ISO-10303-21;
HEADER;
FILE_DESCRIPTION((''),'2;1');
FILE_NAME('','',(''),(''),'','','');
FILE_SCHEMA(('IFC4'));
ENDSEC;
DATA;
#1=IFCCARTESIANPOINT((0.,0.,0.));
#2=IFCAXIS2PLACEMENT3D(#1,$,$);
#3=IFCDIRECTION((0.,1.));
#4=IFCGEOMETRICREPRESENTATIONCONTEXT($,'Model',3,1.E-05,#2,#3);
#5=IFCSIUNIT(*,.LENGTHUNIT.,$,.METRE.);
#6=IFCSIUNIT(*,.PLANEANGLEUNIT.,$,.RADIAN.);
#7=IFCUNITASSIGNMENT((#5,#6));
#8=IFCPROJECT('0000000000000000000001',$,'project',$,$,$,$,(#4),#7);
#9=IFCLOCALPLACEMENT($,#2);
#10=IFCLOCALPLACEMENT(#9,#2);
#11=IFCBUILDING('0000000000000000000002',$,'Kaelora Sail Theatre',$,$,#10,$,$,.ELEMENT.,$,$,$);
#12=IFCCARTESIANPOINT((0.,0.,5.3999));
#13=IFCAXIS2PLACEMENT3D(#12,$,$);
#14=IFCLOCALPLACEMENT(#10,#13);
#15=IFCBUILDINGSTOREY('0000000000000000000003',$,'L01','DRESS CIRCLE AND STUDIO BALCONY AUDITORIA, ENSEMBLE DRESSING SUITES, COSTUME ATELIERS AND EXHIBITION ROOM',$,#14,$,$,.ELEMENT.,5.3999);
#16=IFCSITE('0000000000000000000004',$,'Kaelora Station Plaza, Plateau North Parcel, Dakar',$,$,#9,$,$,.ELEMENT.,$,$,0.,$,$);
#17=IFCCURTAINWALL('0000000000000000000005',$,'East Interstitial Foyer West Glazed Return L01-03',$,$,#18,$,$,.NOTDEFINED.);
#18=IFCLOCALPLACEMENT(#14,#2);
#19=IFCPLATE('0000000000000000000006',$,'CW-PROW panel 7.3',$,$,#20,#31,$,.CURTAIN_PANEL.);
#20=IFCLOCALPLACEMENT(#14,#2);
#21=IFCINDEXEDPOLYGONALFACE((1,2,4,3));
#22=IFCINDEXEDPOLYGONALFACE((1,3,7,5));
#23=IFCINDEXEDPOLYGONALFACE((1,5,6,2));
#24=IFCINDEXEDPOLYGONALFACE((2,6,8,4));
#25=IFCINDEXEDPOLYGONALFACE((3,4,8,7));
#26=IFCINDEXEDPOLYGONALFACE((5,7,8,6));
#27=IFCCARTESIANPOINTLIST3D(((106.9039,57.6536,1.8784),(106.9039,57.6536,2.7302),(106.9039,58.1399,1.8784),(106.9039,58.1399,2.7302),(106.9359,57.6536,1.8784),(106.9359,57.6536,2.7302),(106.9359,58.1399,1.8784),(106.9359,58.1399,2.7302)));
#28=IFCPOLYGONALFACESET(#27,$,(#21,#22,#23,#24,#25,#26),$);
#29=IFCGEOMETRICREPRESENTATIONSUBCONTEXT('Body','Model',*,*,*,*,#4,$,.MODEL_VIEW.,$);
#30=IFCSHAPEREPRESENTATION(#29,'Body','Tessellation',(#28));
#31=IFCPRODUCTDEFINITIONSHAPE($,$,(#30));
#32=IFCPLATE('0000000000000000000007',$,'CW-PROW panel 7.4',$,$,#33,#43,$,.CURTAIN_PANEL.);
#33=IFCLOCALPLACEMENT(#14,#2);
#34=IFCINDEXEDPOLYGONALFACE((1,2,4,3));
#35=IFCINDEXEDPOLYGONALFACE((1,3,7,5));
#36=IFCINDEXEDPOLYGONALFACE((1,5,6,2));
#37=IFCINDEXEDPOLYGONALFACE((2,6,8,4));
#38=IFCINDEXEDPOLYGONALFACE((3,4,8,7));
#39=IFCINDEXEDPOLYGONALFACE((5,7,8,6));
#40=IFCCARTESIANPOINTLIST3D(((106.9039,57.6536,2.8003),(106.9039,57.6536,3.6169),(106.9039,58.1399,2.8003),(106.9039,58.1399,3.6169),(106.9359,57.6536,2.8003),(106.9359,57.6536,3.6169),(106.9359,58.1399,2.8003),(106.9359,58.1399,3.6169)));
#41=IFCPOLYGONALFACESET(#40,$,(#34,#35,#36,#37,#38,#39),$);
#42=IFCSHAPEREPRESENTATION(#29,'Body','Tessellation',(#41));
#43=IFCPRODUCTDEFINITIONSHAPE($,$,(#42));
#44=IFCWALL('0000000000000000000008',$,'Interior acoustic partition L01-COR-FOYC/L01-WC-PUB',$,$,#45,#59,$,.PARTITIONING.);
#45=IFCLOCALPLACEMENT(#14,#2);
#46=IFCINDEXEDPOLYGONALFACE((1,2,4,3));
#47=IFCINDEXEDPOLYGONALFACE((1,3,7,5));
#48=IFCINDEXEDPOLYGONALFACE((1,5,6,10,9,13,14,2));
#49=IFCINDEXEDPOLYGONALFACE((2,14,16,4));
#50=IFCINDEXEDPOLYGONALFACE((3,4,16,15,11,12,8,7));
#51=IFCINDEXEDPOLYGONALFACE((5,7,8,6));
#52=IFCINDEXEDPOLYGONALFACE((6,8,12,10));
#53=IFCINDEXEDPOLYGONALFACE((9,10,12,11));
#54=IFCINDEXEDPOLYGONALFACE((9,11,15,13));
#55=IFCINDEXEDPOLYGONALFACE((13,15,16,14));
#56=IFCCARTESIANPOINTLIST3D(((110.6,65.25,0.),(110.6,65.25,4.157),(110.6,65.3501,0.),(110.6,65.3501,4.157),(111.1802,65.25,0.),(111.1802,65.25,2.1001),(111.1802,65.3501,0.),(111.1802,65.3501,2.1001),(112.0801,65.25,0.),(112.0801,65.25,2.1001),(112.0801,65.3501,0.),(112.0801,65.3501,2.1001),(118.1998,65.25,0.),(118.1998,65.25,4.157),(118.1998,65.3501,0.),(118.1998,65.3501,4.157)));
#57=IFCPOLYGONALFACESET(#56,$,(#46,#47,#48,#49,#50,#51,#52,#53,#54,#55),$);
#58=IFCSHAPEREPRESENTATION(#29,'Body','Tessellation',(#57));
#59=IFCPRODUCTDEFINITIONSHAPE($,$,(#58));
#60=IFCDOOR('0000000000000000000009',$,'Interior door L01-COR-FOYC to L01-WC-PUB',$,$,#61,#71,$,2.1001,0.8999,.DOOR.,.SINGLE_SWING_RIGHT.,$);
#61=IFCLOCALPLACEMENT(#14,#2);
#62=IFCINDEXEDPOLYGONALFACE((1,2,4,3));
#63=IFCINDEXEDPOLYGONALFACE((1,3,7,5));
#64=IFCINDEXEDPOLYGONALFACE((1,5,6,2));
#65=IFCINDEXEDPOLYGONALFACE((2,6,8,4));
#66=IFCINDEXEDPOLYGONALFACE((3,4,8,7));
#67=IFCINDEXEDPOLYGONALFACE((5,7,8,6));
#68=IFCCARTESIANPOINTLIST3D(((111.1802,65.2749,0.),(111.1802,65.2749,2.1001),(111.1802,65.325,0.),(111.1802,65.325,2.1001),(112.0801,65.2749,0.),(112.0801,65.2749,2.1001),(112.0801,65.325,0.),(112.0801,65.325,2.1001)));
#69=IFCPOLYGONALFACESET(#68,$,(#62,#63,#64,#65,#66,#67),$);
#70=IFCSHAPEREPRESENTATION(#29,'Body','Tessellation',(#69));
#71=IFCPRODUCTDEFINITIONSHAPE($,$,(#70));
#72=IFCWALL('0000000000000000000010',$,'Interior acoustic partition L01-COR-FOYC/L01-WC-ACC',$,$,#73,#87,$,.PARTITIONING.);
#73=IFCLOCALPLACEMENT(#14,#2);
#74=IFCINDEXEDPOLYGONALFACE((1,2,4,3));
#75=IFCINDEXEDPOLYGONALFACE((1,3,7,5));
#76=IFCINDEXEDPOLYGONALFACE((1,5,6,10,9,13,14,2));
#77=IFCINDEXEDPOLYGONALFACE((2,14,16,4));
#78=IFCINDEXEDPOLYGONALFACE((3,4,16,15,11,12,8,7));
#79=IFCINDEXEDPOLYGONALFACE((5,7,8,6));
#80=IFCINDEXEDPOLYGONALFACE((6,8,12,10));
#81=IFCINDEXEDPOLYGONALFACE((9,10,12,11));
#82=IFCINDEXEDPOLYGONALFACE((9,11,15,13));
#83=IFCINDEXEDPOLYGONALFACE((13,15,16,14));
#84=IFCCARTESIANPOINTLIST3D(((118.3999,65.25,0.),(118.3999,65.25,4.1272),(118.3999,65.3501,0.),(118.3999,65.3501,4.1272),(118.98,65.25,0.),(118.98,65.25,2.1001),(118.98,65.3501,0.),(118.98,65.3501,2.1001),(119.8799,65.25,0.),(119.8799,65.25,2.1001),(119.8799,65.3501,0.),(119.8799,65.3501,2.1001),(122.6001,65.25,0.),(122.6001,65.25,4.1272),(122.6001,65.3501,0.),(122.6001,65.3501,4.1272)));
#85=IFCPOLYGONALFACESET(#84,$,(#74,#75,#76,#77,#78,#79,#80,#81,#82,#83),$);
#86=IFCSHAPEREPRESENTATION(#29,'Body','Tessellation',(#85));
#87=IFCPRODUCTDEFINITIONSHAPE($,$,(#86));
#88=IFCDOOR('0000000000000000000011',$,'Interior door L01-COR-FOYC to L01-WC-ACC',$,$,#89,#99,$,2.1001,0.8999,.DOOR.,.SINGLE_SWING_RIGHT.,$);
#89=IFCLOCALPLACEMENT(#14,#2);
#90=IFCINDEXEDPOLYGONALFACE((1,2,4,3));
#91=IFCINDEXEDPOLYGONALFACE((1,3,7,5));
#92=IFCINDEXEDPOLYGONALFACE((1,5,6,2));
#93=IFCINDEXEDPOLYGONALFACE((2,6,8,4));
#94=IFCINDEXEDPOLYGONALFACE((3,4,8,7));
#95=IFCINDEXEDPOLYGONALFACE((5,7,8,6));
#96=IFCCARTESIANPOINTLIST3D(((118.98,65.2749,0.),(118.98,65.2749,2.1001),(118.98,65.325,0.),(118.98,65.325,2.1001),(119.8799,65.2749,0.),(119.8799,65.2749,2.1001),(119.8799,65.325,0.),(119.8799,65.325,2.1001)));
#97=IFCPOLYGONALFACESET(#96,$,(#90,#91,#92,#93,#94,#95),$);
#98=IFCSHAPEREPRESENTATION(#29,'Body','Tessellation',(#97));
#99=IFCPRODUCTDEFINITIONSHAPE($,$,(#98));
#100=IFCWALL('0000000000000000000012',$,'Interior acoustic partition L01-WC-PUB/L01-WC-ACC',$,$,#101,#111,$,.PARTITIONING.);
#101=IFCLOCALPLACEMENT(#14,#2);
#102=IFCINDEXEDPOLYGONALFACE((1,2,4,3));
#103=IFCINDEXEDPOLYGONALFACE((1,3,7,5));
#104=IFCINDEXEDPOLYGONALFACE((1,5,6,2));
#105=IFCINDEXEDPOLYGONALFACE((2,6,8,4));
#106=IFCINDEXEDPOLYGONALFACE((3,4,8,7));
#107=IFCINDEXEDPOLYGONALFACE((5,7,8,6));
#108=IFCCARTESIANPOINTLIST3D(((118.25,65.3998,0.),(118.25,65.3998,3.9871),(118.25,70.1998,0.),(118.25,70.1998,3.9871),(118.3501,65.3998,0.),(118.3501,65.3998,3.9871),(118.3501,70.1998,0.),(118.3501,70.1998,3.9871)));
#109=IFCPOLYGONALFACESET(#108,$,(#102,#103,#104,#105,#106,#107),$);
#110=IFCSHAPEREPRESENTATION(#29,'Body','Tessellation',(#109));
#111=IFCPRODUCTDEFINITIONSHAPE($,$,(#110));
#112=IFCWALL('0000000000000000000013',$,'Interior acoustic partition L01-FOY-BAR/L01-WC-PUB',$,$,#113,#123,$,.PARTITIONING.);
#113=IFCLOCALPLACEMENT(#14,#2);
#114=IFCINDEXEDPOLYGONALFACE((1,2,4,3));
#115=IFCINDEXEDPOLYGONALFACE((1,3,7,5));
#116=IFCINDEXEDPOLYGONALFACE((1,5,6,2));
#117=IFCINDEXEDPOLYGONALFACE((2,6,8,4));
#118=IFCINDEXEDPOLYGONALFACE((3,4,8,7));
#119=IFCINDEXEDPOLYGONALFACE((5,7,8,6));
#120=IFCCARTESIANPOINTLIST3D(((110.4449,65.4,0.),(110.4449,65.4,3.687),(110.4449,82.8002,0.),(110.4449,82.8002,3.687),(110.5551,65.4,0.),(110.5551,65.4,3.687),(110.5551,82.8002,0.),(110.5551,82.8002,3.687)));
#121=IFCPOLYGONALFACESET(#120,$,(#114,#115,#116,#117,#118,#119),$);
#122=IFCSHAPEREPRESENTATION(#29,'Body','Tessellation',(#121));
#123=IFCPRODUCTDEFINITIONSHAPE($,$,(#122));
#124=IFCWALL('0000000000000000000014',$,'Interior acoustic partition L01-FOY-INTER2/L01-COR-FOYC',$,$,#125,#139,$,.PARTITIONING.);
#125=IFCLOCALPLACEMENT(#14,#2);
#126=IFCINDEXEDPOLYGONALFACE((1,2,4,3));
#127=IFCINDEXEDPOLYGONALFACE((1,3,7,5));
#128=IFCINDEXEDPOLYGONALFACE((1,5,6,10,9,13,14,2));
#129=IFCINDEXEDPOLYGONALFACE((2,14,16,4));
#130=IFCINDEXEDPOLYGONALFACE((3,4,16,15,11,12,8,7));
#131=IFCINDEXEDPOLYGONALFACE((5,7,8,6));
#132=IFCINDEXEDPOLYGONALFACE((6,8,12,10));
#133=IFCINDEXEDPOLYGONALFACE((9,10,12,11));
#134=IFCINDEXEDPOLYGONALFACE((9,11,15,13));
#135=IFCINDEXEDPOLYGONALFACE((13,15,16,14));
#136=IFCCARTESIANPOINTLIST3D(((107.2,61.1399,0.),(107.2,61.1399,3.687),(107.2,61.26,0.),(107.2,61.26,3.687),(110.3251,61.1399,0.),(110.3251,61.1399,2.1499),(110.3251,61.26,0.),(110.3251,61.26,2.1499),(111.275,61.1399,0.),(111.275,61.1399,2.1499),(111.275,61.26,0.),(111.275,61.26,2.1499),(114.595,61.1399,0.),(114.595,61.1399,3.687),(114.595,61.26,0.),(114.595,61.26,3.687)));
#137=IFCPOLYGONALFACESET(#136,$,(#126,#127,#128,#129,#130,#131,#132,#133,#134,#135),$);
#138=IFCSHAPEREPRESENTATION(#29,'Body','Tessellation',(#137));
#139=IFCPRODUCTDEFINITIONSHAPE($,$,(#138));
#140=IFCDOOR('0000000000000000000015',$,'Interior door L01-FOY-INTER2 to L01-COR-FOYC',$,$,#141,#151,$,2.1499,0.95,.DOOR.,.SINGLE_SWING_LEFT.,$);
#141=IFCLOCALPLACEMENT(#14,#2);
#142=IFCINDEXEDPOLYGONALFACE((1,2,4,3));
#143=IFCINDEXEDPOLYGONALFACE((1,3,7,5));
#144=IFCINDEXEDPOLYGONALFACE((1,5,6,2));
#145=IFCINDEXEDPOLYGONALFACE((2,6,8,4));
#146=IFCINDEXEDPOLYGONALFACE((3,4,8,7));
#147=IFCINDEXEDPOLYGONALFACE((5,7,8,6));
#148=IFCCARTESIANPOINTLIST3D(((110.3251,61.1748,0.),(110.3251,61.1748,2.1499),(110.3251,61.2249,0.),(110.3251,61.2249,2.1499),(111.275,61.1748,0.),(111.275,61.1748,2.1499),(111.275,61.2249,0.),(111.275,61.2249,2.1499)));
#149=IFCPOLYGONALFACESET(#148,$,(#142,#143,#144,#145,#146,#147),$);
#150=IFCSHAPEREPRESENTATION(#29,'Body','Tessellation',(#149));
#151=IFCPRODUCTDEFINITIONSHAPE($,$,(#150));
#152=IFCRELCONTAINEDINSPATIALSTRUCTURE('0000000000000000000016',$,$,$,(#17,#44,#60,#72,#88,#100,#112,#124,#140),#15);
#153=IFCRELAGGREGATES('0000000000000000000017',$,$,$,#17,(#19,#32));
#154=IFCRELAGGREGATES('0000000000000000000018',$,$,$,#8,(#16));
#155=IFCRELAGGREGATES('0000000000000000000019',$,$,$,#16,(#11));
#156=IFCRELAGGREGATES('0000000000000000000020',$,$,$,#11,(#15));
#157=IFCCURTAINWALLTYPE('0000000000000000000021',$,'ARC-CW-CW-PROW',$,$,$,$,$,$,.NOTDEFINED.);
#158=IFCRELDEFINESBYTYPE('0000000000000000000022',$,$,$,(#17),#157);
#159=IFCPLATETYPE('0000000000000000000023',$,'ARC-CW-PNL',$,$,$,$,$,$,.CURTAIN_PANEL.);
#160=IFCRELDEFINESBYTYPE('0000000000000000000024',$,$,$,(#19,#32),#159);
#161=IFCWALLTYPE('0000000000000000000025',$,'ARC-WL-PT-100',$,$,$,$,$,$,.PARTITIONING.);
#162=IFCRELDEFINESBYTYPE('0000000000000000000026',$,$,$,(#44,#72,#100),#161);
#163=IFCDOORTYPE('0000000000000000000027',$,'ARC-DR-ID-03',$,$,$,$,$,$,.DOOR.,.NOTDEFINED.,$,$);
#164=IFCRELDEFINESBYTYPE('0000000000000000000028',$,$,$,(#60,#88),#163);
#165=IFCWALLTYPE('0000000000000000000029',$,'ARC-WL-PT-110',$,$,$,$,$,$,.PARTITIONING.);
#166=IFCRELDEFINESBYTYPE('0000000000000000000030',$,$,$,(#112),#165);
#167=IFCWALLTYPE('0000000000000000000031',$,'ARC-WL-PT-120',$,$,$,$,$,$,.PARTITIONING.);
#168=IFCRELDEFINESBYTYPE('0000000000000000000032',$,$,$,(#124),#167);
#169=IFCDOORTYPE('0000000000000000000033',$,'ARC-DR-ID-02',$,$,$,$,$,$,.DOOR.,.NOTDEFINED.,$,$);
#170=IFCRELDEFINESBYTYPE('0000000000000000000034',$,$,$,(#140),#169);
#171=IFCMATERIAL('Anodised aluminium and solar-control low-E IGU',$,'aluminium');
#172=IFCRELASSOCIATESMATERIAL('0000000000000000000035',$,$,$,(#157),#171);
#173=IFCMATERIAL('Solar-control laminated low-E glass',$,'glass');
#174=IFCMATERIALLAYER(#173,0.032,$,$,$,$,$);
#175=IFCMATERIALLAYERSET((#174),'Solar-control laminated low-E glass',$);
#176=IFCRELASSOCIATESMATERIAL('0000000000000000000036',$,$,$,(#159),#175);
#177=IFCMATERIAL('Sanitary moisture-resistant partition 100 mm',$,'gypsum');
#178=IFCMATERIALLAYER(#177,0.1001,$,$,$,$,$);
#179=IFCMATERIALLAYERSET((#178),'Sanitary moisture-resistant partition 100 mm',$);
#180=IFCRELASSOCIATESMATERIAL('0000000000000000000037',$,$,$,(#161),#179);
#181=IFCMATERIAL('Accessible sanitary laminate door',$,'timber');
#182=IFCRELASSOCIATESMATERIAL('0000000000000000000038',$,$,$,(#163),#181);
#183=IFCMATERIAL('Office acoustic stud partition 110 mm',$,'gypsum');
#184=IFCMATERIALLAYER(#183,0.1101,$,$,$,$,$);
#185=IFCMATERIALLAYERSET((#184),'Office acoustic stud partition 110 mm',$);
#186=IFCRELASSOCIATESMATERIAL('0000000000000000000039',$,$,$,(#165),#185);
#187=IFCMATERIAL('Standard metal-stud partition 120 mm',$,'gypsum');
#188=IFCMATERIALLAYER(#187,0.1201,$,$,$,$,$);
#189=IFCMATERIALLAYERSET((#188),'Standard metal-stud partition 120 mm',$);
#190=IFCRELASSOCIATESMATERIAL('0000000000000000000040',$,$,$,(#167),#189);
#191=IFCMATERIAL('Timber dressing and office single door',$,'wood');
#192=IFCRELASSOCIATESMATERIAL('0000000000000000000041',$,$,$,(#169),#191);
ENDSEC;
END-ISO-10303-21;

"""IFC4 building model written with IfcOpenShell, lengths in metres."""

from ifc_helpers import new_model, si_unit, direction, frame, frame_2d, origin, origin_2d, place, context, subcontext, project, spatial, rectangle, extrude, material, layer, layer_set, type_object, element, fill, aggregate, save


model = new_model("IFC4")

# Units and contexts
model_context = context("Model", 3, precision=1e-05, world=origin(), true_north=direction((0.0, 1.0)))
body_context = subcontext(model_context, "Body", "Model", "MODEL_VIEW")
ifc_project = project(units=[si_unit("LENGTHUNIT", "METRE"), si_unit("PLANEANGLEUNIT", "RADIAN")], contexts=[model_context])

# Site, building, storey
site_placement = place(None, origin())
site = spatial("IfcSite", under=ifc_project, at=site_placement, Name="Kaelora Station Plaza, Plateau North Parcel, Dakar", CompositionType="ELEMENT", RefElevation=0.0)
building_placement = place(site_placement, origin())
building = spatial("IfcBuilding", under=site, at=building_placement, Name="Kaelora Sail Theatre", CompositionType="ELEMENT")
storey_placement = place(building_placement, frame((0.0, 0.0, 5.3999)))
storey = spatial("IfcBuildingStorey", under=building, at=storey_placement, Name="L01", Description="DRESS CIRCLE AND STUDIO BALCONY AUDITORIA, ENSEMBLE DRESSING SUITES, COSTUME ATELIERS AND EXHIBITION ROOM", CompositionType="ELEMENT", Elevation=5.3999)

# Curtain wall
ifc_material_1 = material(Name="Anodised aluminium and solar-control low-E IGU", Category="aluminium")
curtain_wall_type = type_object("IfcCurtainWallType", Name="ARC-CW-CW-PROW", PredefinedType="NOTDEFINED", material=ifc_material_1)
curtain_wall_placement = place(storey_placement, origin())
curtain_wall = element("IfcCurtainWall", 1, at=curtain_wall_placement, inside=storey, type_object=curtain_wall_type, Name="East Interstitial Foyer West Glazed Return L01-03", PredefinedType="NOTDEFINED")

# Plates
ifc_material_2 = material(Name="Solar-control laminated low-E glass", Category="glass")
ifc_layer_1 = layer(ifc_material_2, 0.032)
ifc_layer_set_1 = layer_set([ifc_layer_1], Name="Solar-control laminated low-E glass")
plate_type = type_object("IfcPlateType", Name="ARC-CW-PNL", PredefinedType="CURTAIN_PANEL", material=ifc_layer_set_1)
plate_1_placement = place(storey_placement, frame((106.9199, 57.8967, 1.8784), z_axis=(0.0, 0.0, 1.0), x_axis=(0.0, 1.0, 0.0)))
plate_1 = element("IfcPlate", 2, at=plate_1_placement, type_object=plate_type, Name="CW-PROW panel 7.3", PredefinedType="CURTAIN_PANEL", context=body_context, shape_type="SweptSolid", body=[
    extrude(rectangle(XDim=0.4863, YDim=0.032, at=origin_2d()), origin(), (0.0, 0.0, 1.0), 0.8518),
])
plate_2_placement = place(storey_placement, frame((106.9199, 57.8967, 2.8003), z_axis=(0.0, 0.0, 1.0), x_axis=(0.0, 1.0, 0.0)))
plate_2 = element("IfcPlate", 3, at=plate_2_placement, type_object=plate_type, Name="CW-PROW panel 7.4", PredefinedType="CURTAIN_PANEL", context=body_context, shape_type="SweptSolid", body=[
    extrude(rectangle(XDim=0.4863, YDim=0.032, at=origin_2d()), origin(), (0.0, 0.0, 1.0), 0.8167),
])
aggregate(curtain_wall, [plate_1, plate_2])

# Walls, openings, doors
ifc_material_3 = material(Name="Sanitary moisture-resistant partition 100 mm", Category="gypsum")
ifc_layer_2 = layer(ifc_material_3, 0.1001)
ifc_layer_set_2 = layer_set([ifc_layer_2], Name="Sanitary moisture-resistant partition 100 mm")
wall_type_1 = type_object("IfcWallType", Name="ARC-WL-PT-100", PredefinedType="PARTITIONING", material=ifc_layer_set_2)
wall_1_placement = place(storey_placement, frame((110.6001, 65.3, 0.0), z_axis=(0.0, 0.0, 1.0), x_axis=(1.0, 0.0, 0.0)))
wall_1 = element("IfcWall", 4, at=wall_1_placement, inside=storey, type_object=wall_type_1, Name="Interior acoustic partition L01-COR-FOYC/L01-WC-PUB", PredefinedType="PARTITIONING", context=body_context, shape_type="SweptSolid", body=[
    extrude(rectangle(XDim=7.5999, YDim=0.1001, at=frame_2d((3.7998, 0.0))), origin(), (0.0, 0.0, 1.0), 4.157),
])
opening_1_placement = place(wall_1_placement, frame((0.5801, 0.0, 0.0)))
opening_1 = element("IfcOpeningElement", 5, at=opening_1_placement, cuts=wall_1, PredefinedType="OPENING", context=body_context, shape_type="SweptSolid", body=[
    extrude(rectangle(XDim=0.8999, YDim=2.1001, at=frame_2d((0.45, 1.05))), frame((0.0, 0.06, 0.0), z_axis=(0.0, -1.0, 0.0), x_axis=(1.0, 0.0, 0.0)), (0.0, 0.0, 1.0), 0.1201),
])
ifc_material_4 = material(Name="Accessible sanitary laminate door", Category="timber")
door_type_1 = type_object("IfcDoorType", Name="ARC-DR-ID-03", OperationType="NOTDEFINED", PredefinedType="DOOR", material=ifc_material_4)
door_1_placement = place(opening_1_placement, origin())
door_1 = element("IfcDoor", 6, at=door_1_placement, inside=storey, type_object=door_type_1, Name="Interior door L01-COR-FOYC to L01-WC-PUB", OperationType="SINGLE_SWING_RIGHT", OverallHeight=2.1001, OverallWidth=0.8999, PredefinedType="DOOR", context=body_context, shape_type="SweptSolid", body=[
    extrude(rectangle(XDim=0.8999, YDim=2.1001, at=frame_2d((0.45, 1.05))), frame((0.0, 0.0249, 0.0), z_axis=(0.0, -1.0, 0.0), x_axis=(1.0, 0.0, 0.0)), (0.0, 0.0, 1.0), 0.05),
])
fill(opening_1, door_1)
wall_2_placement = place(storey_placement, frame((118.3999, 65.3, 0.0), z_axis=(0.0, 0.0, 1.0), x_axis=(1.0, 0.0, 0.0)))
wall_2 = element("IfcWall", 7, at=wall_2_placement, inside=storey, type_object=wall_type_1, Name="Interior acoustic partition L01-COR-FOYC/L01-WC-ACC", PredefinedType="PARTITIONING", context=body_context, shape_type="SweptSolid", body=[
    extrude(rectangle(XDim=4.2002, YDim=0.1001, at=frame_2d((2.1001, 0.0))), origin(), (0.0, 0.0, 1.0), 4.1272),
])
opening_2_placement = place(wall_2_placement, frame((0.5801, 0.0, 0.0)))
opening_2 = element("IfcOpeningElement", 8, at=opening_2_placement, cuts=wall_2, PredefinedType="OPENING", context=body_context, shape_type="SweptSolid", body=[
    extrude(rectangle(XDim=0.8999, YDim=2.1001, at=frame_2d((0.45, 1.05))), frame((0.0, 0.06, 0.0), z_axis=(0.0, -1.0, 0.0), x_axis=(1.0, 0.0, 0.0)), (0.0, 0.0, 1.0), 0.1201),
])
door_2_placement = place(opening_2_placement, origin())
door_2 = element("IfcDoor", 9, at=door_2_placement, inside=storey, type_object=door_type_1, Name="Interior door L01-COR-FOYC to L01-WC-ACC", OperationType="SINGLE_SWING_RIGHT", OverallHeight=2.1001, OverallWidth=0.8999, PredefinedType="DOOR", context=body_context, shape_type="SweptSolid", body=[
    extrude(rectangle(XDim=0.8999, YDim=2.1001, at=frame_2d((0.45, 1.05))), frame((0.0, 0.0249, 0.0), z_axis=(0.0, -1.0, 0.0), x_axis=(1.0, 0.0, 0.0)), (0.0, 0.0, 1.0), 0.05),
])
fill(opening_2, door_2)

# Walls
wall_3_placement = place(storey_placement, frame((118.3, 65.3999, 0.0), z_axis=(0.0, 0.0, 1.0), x_axis=(0.0, 1.0, 0.0)))
element("IfcWall", 10, at=wall_3_placement, inside=storey, type_object=wall_type_1, Name="Interior acoustic partition L01-WC-PUB/L01-WC-ACC", PredefinedType="PARTITIONING", context=body_context, shape_type="SweptSolid", body=[
    extrude(rectangle(XDim=4.8, YDim=0.1001, at=frame_2d((2.3999, 0.0))), origin(), (0.0, 0.0, 1.0), 3.9871),
])
ifc_material_5 = material(Name="Office acoustic stud partition 110 mm", Category="gypsum")
ifc_layer_3 = layer(ifc_material_5, 0.1101)
ifc_layer_set_3 = layer_set([ifc_layer_3], Name="Office acoustic stud partition 110 mm")
wall_type_2 = type_object("IfcWallType", Name="ARC-WL-PT-110", PredefinedType="PARTITIONING", material=ifc_layer_set_3)
wall_4_placement = place(storey_placement, frame((110.5, 65.3999, 0.0), z_axis=(0.0, 0.0, 1.0), x_axis=(0.0, 1.0, 0.0)))
element("IfcWall", 11, at=wall_4_placement, inside=storey, type_object=wall_type_2, Name="Interior acoustic partition L01-FOY-BAR/L01-WC-PUB", PredefinedType="PARTITIONING", context=body_context, shape_type="SweptSolid", body=[
    extrude(rectangle(XDim=17.4001, YDim=0.1101, at=frame_2d((8.7002, 0.0))), origin(), (0.0, 0.0, 1.0), 3.687),
])

# Wall, opening, door
ifc_material_6 = material(Name="Standard metal-stud partition 120 mm", Category="gypsum")
ifc_layer_4 = layer(ifc_material_6, 0.1201)
ifc_layer_set_4 = layer_set([ifc_layer_4], Name="Standard metal-stud partition 120 mm")
wall_type_3 = type_object("IfcWallType", Name="ARC-WL-PT-120", PredefinedType="PARTITIONING", material=ifc_layer_set_4)
wall_5_placement = place(storey_placement, frame((107.2, 61.2, 0.0), z_axis=(0.0, 0.0, 1.0), x_axis=(1.0, 0.0, 0.0)))
wall_5 = element("IfcWall", 12, at=wall_5_placement, inside=storey, type_object=wall_type_3, Name="Interior acoustic partition L01-FOY-INTER2/L01-COR-FOYC", PredefinedType="PARTITIONING", context=body_context, shape_type="SweptSolid", body=[
    extrude(rectangle(XDim=7.395, YDim=0.1201, at=frame_2d((3.6975, 0.0))), origin(), (0.0, 0.0, 1.0), 3.687),
])
opening_3_placement = place(wall_5_placement, frame((3.125, 0.0, 0.0)))
opening_3 = element("IfcOpeningElement", 13, at=opening_3_placement, cuts=wall_5, PredefinedType="OPENING", context=body_context, shape_type="SweptSolid", body=[
    extrude(rectangle(XDim=0.95, YDim=2.1499, at=frame_2d((0.4751, 1.075))), frame((0.0, 0.0701, 0.0), z_axis=(0.0, -1.0, 0.0), x_axis=(1.0, 0.0, 0.0)), (0.0, 0.0, 1.0), 0.1401),
])
ifc_material_7 = material(Name="Timber dressing and office single door", Category="wood")
door_type_2 = type_object("IfcDoorType", Name="ARC-DR-ID-02", OperationType="NOTDEFINED", PredefinedType="DOOR", material=ifc_material_7)
door_3_placement = place(opening_3_placement, origin())
door_3 = element("IfcDoor", 14, at=door_3_placement, inside=storey, type_object=door_type_2, Name="Interior door L01-FOY-INTER2 to L01-COR-FOYC", OperationType="SINGLE_SWING_LEFT", OverallHeight=2.1499, OverallWidth=0.95, PredefinedType="DOOR", context=body_context, shape_type="SweptSolid", body=[
    extrude(rectangle(XDim=0.95, YDim=2.1499, at=frame_2d((0.4751, 1.075))), frame((0.0, 0.0249, 0.0), z_axis=(0.0, -1.0, 0.0), x_axis=(1.0, 0.0, 0.0)), (0.0, 0.0, 1.0), 0.05),
])
fill(opening_3, door_3)

save(model, "model.ifc")
